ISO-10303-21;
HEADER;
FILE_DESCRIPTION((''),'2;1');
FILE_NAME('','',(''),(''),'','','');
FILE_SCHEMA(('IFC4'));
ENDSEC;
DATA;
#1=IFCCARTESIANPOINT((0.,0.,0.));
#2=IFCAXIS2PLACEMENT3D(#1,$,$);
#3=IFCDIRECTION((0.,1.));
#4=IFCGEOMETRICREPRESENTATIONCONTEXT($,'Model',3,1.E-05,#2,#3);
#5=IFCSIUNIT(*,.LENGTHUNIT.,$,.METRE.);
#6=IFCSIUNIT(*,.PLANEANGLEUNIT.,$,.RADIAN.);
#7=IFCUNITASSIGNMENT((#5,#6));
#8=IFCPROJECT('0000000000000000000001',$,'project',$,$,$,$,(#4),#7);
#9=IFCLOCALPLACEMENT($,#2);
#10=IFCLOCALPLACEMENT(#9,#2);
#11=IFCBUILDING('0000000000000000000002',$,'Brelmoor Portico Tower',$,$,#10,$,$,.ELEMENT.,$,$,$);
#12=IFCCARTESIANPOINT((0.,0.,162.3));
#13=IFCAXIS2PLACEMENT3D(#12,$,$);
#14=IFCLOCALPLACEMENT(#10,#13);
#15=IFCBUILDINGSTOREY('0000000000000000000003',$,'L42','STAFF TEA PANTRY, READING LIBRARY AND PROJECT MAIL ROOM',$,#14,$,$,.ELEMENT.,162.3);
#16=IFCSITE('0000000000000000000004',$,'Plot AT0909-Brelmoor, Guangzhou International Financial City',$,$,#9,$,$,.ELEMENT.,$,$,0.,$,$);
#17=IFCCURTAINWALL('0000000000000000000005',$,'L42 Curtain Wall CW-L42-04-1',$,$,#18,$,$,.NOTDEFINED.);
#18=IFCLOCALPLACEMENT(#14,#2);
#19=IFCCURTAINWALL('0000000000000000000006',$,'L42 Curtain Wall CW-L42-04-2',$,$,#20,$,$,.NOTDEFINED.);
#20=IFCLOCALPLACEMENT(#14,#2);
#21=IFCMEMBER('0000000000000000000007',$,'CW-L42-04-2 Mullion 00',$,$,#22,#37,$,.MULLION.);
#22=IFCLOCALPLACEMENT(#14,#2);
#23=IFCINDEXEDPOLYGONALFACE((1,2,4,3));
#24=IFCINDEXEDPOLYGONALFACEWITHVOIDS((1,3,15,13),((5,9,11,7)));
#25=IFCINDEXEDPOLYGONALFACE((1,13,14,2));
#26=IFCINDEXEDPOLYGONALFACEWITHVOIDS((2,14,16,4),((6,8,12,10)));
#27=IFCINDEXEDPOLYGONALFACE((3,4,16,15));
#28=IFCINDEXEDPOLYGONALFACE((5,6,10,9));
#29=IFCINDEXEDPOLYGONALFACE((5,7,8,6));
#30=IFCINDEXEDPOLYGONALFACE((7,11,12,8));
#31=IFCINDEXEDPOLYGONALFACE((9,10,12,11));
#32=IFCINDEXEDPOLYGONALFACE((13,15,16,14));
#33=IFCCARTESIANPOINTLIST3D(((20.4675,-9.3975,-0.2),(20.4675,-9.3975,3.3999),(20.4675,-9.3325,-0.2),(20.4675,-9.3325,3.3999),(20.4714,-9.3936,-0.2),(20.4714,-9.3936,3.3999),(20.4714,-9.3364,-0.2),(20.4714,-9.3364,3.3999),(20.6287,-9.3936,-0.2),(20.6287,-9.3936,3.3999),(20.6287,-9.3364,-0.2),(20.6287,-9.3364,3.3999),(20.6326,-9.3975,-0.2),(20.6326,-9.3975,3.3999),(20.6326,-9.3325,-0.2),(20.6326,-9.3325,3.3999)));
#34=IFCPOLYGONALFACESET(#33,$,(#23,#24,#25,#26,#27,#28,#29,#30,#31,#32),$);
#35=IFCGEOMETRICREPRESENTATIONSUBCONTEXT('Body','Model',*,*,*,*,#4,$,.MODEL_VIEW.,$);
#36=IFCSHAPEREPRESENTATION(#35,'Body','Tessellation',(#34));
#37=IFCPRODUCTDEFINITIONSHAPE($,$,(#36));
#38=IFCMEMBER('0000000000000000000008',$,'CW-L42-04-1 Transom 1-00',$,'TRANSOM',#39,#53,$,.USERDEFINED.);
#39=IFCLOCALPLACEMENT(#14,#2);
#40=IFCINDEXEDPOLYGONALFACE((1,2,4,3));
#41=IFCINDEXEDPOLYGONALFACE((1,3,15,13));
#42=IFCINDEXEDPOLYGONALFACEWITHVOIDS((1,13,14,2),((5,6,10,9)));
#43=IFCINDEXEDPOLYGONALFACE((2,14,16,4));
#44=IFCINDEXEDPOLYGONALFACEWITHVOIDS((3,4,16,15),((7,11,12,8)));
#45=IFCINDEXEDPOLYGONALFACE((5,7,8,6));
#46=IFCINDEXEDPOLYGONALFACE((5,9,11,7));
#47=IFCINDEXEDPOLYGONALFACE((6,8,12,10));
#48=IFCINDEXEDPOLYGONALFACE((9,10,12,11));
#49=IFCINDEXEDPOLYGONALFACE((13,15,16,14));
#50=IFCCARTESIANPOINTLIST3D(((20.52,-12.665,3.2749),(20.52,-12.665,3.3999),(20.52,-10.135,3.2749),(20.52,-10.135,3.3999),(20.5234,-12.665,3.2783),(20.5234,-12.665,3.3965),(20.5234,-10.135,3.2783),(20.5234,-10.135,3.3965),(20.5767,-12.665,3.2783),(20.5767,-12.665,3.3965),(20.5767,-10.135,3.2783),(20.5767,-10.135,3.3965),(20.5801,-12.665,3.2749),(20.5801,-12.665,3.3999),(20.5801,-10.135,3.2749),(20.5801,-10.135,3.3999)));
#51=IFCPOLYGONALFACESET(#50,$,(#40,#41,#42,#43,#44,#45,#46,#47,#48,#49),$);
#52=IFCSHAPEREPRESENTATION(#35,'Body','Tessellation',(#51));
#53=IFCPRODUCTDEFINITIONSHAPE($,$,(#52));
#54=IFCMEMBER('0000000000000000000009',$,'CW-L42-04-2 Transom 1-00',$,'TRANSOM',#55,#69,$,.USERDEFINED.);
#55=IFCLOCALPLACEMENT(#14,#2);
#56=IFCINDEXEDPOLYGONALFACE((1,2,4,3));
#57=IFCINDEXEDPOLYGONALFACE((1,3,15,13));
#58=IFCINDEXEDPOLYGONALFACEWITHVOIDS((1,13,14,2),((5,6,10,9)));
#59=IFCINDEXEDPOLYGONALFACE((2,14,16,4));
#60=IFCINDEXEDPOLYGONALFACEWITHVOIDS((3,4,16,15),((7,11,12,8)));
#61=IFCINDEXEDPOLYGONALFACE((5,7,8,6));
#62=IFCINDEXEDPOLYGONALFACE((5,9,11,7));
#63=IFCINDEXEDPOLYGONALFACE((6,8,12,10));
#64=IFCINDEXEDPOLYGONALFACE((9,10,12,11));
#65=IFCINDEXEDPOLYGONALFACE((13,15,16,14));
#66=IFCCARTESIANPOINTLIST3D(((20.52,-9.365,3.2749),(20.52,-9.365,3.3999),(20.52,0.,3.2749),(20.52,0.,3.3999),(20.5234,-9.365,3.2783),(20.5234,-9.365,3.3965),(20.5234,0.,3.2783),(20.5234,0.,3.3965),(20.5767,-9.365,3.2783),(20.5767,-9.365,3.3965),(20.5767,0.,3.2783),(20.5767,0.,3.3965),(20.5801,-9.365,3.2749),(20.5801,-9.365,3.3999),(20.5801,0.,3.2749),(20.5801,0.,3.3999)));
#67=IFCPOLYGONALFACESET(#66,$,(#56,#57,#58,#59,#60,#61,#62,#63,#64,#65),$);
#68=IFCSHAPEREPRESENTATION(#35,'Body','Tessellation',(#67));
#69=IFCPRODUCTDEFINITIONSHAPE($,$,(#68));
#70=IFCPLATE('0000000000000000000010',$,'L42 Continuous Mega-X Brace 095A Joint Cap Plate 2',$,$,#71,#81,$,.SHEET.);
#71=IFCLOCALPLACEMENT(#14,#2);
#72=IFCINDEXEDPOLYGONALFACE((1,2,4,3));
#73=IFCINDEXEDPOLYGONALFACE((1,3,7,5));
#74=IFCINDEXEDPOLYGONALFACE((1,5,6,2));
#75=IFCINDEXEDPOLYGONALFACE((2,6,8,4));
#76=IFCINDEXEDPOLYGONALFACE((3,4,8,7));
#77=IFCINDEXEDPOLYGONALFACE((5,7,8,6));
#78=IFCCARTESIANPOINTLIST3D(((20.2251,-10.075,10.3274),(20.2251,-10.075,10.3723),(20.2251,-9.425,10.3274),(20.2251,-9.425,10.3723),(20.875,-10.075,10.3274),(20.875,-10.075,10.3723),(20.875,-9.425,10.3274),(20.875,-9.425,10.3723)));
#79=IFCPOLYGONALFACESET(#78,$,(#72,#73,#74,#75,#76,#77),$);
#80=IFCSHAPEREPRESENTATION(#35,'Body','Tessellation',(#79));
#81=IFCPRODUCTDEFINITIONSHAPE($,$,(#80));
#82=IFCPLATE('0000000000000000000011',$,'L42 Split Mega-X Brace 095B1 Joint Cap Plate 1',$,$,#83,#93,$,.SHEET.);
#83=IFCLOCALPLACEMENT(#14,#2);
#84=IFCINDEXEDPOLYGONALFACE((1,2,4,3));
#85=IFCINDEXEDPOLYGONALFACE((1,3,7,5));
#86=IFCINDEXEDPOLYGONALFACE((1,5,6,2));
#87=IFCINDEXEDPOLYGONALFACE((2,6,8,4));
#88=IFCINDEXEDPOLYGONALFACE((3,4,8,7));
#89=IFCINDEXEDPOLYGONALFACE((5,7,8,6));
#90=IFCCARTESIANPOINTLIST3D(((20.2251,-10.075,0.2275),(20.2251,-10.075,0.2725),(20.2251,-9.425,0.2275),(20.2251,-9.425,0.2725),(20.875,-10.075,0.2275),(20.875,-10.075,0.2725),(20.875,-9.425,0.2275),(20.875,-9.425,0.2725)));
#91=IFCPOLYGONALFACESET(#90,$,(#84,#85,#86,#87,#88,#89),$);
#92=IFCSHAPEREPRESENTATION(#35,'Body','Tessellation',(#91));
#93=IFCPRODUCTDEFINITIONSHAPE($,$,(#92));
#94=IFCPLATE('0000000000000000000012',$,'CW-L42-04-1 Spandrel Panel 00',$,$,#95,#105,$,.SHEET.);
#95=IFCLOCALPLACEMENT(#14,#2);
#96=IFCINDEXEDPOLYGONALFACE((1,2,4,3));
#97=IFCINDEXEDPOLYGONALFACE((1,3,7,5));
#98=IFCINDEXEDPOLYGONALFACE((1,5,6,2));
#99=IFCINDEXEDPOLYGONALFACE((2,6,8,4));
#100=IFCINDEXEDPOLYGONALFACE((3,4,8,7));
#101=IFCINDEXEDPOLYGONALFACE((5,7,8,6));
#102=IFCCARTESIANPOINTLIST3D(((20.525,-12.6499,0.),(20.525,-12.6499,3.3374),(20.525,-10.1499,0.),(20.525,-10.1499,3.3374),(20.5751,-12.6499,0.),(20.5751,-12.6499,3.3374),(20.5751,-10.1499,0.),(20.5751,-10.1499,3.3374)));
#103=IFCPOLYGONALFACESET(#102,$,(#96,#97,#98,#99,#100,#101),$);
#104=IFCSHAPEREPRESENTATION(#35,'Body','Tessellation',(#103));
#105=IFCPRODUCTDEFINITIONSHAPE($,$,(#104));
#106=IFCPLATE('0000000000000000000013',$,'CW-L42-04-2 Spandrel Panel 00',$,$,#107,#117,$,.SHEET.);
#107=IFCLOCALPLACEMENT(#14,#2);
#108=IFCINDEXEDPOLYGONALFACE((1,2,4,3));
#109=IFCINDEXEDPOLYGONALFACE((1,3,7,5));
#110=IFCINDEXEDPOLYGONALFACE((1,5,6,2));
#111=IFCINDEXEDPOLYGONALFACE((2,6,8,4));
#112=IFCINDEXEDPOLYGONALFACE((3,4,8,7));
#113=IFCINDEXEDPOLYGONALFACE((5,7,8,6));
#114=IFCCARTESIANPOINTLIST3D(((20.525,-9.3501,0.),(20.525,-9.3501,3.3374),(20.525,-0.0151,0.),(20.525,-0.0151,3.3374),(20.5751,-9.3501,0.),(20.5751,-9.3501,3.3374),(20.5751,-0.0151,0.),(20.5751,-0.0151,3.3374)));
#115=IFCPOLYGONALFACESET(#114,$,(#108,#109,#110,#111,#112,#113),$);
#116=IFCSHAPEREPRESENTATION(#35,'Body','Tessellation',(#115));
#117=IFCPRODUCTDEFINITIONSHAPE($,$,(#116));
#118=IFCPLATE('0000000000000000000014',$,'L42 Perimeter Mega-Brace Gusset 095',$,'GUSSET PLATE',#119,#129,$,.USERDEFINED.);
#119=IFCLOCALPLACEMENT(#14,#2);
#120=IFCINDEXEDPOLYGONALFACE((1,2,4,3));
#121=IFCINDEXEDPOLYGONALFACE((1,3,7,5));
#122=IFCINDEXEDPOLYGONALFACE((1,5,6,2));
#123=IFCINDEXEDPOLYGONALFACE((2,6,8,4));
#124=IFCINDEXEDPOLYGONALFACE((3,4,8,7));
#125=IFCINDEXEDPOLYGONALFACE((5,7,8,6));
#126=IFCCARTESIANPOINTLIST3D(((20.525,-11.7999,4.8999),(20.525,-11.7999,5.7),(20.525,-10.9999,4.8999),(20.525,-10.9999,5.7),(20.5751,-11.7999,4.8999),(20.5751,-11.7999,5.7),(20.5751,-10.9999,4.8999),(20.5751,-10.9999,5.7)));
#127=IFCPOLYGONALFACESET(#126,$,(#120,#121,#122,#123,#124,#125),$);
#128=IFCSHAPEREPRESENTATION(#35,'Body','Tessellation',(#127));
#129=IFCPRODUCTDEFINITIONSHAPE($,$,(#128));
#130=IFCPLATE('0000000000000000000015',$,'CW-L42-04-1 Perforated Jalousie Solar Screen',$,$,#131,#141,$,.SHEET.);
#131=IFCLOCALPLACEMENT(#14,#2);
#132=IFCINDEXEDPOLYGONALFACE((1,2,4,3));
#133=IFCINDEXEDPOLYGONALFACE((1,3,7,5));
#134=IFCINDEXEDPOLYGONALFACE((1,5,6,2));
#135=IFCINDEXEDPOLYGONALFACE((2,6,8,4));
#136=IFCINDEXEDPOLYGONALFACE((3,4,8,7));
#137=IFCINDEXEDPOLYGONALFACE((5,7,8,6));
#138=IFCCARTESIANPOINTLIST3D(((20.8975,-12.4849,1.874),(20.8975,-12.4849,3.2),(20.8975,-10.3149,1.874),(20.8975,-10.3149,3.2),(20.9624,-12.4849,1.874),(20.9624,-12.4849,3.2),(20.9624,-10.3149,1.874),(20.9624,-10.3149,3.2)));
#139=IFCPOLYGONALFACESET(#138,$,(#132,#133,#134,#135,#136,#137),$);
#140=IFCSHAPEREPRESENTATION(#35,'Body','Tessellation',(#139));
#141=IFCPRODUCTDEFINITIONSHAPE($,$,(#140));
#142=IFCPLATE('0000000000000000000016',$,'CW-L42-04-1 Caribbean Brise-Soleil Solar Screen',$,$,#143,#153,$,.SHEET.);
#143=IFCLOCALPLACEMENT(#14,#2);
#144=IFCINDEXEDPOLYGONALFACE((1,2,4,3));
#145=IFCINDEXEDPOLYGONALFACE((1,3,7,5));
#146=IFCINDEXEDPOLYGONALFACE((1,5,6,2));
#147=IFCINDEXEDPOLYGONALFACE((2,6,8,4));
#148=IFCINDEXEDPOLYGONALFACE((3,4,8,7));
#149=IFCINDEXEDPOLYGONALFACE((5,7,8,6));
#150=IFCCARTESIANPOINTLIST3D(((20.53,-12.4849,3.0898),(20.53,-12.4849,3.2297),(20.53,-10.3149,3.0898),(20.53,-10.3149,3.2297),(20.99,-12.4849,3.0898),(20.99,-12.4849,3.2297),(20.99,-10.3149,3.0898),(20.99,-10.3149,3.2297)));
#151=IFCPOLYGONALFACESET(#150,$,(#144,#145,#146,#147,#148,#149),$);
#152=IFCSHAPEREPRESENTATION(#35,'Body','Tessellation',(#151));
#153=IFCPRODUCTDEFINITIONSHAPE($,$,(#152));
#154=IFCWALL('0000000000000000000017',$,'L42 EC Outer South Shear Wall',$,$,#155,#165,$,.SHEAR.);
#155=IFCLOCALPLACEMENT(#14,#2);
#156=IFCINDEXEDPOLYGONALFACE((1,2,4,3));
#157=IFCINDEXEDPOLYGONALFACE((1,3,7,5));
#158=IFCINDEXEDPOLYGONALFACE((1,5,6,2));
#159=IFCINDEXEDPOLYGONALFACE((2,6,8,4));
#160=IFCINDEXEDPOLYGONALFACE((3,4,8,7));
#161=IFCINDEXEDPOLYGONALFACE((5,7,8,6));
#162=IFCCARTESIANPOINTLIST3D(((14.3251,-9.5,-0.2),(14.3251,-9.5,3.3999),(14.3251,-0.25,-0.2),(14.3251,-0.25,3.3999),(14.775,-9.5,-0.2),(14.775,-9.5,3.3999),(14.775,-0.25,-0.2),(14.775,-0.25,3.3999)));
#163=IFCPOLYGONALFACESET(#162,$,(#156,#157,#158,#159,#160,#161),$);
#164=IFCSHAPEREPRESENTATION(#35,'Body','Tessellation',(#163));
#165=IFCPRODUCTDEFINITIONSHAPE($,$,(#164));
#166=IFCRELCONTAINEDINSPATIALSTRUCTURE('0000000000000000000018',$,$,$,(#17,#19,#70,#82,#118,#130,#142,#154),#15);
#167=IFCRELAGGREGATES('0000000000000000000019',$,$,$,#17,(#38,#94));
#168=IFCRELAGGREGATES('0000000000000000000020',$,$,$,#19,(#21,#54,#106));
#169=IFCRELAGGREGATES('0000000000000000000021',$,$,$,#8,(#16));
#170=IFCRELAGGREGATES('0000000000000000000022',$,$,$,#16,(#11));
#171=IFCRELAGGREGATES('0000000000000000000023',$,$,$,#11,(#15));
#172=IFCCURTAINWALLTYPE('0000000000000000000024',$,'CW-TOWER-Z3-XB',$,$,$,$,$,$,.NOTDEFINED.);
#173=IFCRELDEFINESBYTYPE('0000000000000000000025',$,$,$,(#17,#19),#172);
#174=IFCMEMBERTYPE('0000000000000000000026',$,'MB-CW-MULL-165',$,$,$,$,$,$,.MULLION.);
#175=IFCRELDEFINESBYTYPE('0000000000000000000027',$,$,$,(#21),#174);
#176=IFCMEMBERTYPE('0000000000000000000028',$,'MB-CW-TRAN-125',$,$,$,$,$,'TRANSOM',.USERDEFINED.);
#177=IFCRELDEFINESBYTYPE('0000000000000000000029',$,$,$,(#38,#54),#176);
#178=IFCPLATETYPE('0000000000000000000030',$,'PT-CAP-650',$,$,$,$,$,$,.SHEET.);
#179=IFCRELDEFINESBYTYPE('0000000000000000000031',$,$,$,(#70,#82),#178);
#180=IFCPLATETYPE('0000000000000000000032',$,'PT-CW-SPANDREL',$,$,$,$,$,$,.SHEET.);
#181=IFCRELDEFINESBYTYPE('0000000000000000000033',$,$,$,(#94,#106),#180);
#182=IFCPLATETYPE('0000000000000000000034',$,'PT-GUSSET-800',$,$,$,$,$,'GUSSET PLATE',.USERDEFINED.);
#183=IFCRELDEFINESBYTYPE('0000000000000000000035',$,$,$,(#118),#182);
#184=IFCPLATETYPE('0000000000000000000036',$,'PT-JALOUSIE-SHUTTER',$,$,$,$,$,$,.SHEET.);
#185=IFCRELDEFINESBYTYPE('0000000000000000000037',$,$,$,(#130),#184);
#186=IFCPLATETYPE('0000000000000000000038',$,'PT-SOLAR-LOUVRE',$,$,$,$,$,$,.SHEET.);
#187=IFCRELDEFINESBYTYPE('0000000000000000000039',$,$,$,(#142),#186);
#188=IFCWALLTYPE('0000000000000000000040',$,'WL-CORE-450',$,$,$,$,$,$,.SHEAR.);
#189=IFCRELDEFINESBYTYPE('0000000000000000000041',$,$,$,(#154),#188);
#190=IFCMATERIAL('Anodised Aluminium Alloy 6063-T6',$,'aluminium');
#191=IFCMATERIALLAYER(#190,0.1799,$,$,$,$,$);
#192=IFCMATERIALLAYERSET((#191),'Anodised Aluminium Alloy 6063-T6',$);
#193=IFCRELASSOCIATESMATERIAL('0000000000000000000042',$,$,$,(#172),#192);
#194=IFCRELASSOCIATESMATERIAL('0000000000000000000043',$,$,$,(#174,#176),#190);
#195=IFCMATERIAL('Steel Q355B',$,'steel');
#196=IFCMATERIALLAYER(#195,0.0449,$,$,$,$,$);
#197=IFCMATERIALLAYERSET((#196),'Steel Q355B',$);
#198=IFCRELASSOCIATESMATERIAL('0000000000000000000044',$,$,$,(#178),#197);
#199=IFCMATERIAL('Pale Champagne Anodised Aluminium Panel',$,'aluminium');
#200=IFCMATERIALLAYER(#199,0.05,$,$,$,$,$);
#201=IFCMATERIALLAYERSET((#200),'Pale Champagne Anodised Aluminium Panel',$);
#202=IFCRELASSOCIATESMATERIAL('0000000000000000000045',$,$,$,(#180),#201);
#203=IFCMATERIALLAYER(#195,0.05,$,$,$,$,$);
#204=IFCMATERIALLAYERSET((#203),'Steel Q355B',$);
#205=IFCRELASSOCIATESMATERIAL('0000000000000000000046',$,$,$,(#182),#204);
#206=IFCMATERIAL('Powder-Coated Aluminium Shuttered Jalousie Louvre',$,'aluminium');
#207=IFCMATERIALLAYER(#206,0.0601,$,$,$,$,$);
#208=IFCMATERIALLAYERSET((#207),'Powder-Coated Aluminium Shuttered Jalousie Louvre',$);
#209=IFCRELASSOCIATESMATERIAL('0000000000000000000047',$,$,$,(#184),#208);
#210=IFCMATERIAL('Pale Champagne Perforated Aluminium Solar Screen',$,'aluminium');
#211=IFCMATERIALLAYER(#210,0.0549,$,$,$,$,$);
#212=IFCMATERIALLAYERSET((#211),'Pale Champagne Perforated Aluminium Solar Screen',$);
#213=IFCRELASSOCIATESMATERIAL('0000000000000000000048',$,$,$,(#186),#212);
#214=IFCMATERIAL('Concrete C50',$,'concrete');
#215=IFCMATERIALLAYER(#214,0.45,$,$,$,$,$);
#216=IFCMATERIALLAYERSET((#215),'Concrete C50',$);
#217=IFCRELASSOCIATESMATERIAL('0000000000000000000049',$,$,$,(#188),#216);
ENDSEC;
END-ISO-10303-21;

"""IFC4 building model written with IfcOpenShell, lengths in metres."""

from ifc_helpers import new_model, si_unit, direction, frame, frame_2d, origin, origin_2d, place, context, subcontext, project, spatial, rectangle, hollow_rectangle, extrude, material, layer, layer_set, material_profile, profile_set, type_object, element, aggregate, save


model = new_model("IFC4")

# Units and contexts
model_context = context("Model", 3, precision=1e-05, world=origin(), true_north=direction((0.0, 1.0)))
body_context = subcontext(model_context, "Body", "Model", "MODEL_VIEW")
ifc_project = project(units=[si_unit("LENGTHUNIT", "METRE"), si_unit("PLANEANGLEUNIT", "RADIAN")], contexts=[model_context])

# Site, building, storey
site_placement = place(None, origin())
site = spatial("IfcSite", under=ifc_project, at=site_placement, Name="Plot AT0909-Brelmoor, Guangzhou International Financial City", CompositionType="ELEMENT", RefElevation=0.0)
building_placement = place(site_placement, origin())
building = spatial("IfcBuilding", under=site, at=building_placement, Name="Brelmoor Portico Tower", CompositionType="ELEMENT")
storey_placement = place(building_placement, frame((0.0, 0.0, 162.3)))
storey = spatial("IfcBuildingStorey", under=building, at=storey_placement, Name="L42", Description="STAFF TEA PANTRY, READING LIBRARY AND PROJECT MAIL ROOM", CompositionType="ELEMENT", Elevation=162.3)

# Shared definitions
ifc_material_1 = material(Name="Steel Q355B", Category="steel")

# Curtain wall
ifc_material_2 = material(Name="Anodised Aluminium Alloy 6063-T6", Category="aluminium")
ifc_layer_1 = layer(ifc_material_2, 0.1799)
ifc_layer_set_1 = layer_set([ifc_layer_1], Name="Anodised Aluminium Alloy 6063-T6")
curtain_wall_type = type_object("IfcCurtainWallType", Name="CW-TOWER-Z3-XB", PredefinedType="NOTDEFINED", material=ifc_layer_set_1)
curtain_wall_1_placement = place(storey_placement, origin())
curtain_wall_1 = element("IfcCurtainWall", 1, at=curtain_wall_1_placement, inside=storey, type_object=curtain_wall_type, Name="L42 Curtain Wall CW-L42-04-1", PredefinedType="NOTDEFINED")
ifc_material_profile_1 = material_profile(ifc_material_2, hollow_rectangle(XDim=0.0649, YDim=0.165, WallThickness=0.0039, at=origin_2d()), Name="ALU MULLION 65x165")
ifc_profile_set_1 = profile_set([ifc_material_profile_1], Name="Anodised Aluminium Alloy 6063-T6")
member_type_1 = type_object("IfcMemberType", Name="MB-CW-MULL-165", PredefinedType="MULLION", material=ifc_profile_set_1)

# Curtain wall, member
curtain_wall_2_placement = place(storey_placement, origin())
curtain_wall_2 = element("IfcCurtainWall", 2, at=curtain_wall_2_placement, inside=storey, type_object=curtain_wall_type, Name="L42 Curtain Wall CW-L42-04-2", PredefinedType="NOTDEFINED")
member_1_placement = place(storey_placement, frame((20.55, -9.365, -0.2), z_axis=(0.0, 0.0, 1.0), x_axis=(0.0, 1.0, 0.0)))
member_1 = element("IfcMember", 3, at=member_1_placement, type_object=member_type_1, Name="CW-L42-04-2 Mullion 00", PredefinedType="MULLION", context=body_context, shape_type="SweptSolid", body=[
    extrude(hollow_rectangle(XDim=0.0649, YDim=0.165, WallThickness=0.0039, at=origin_2d()), origin(), (0.0, 0.0, 1.0), 3.5999),
])

# Members
ifc_material_profile_2 = material_profile(ifc_material_2, hollow_rectangle(XDim=0.0601, YDim=0.125, WallThickness=0.0034, at=origin_2d()), Name="ALU TRANSOM 60x125")
ifc_profile_set_2 = profile_set([ifc_material_profile_2], Name="Anodised Aluminium Alloy 6063-T6")
member_type_2 = type_object("IfcMemberType", Name="MB-CW-TRAN-125", ElementType="TRANSOM", PredefinedType="USERDEFINED", material=ifc_profile_set_2)
member_2_placement = place(storey_placement, frame((20.55, -12.665, 3.3374), z_axis=(0.0, 1.0, 0.0), x_axis=(-1.0, 0.0, 0.0)))
member_2 = element("IfcMember", 4, at=member_2_placement, type_object=member_type_2, Name="CW-L42-04-1 Transom 1-00", ObjectType="TRANSOM", PredefinedType="USERDEFINED", context=body_context, shape_type="SweptSolid", body=[
    extrude(hollow_rectangle(XDim=0.0601, YDim=0.125, WallThickness=0.0034, at=origin_2d()), origin(), (0.0, 0.0, 1.0), 2.53),
])
member_3_placement = place(storey_placement, frame((20.55, -9.365, 3.3374), z_axis=(0.0, 1.0, 0.0), x_axis=(-1.0, 0.0, 0.0)))
member_3 = element("IfcMember", 5, at=member_3_placement, type_object=member_type_2, Name="CW-L42-04-2 Transom 1-00", ObjectType="TRANSOM", PredefinedType="USERDEFINED", context=body_context, shape_type="SweptSolid", body=[
    extrude(hollow_rectangle(XDim=0.0601, YDim=0.125, WallThickness=0.0034, at=origin_2d()), origin(), (0.0, 0.0, 1.0), 9.365),
])

# Plates
ifc_layer_2 = layer(ifc_material_1, 0.0449)
ifc_layer_set_2 = layer_set([ifc_layer_2], Name="Steel Q355B")
plate_type_1 = type_object("IfcPlateType", Name="PT-CAP-650", PredefinedType="SHEET", material=ifc_layer_set_2)
for number, where, z_axis, x_axis, name in (
    (6, (20.55, -9.75, 10.3274), (0.0, 0.0, 1.0), (1.0, 0.0, 0.0), "L42 Continuous Mega-X Brace 095A Joint Cap Plate 2"),
    (7, (20.55, -9.75, 0.2275), (0.0, 0.0, 1.0), (1.0, 0.0, 0.0), "L42 Split Mega-X Brace 095B1 Joint Cap Plate 1"),
):
    element("IfcPlate", number, at=place(storey_placement, frame(where, z_axis=z_axis, x_axis=x_axis)), inside=storey, type_object=plate_type_1, Name=name, PredefinedType="SHEET", context=body_context, shape_type="SweptSolid", body=[
        extrude(rectangle(XDim=0.6499, YDim=0.6499, at=origin_2d()), origin(), (0.0, 0.0, 1.0), 0.0449),
    ])

# Plates
ifc_material_3 = material(Name="Pale Champagne Anodised Aluminium Panel", Category="aluminium")
ifc_layer_3 = layer(ifc_material_3, 0.05)
ifc_layer_set_3 = layer_set([ifc_layer_3], Name="Pale Champagne Anodised Aluminium Panel")
plate_type_2 = type_object("IfcPlateType", Name="PT-CW-SPANDREL", PredefinedType="SHEET", material=ifc_layer_set_3)
plate_1_placement = place(storey_placement, frame((20.55, -11.3999, 0.0), z_axis=(0.0, 0.0, 1.0), x_axis=(0.0, 1.0, 0.0)))
plate_1 = element("IfcPlate", 8, at=plate_1_placement, type_object=plate_type_2, Name="CW-L42-04-1 Spandrel Panel 00", PredefinedType="SHEET", context=body_context, shape_type="SweptSolid", body=[
    extrude(rectangle(XDim=2.5, YDim=0.05, at=origin_2d()), origin(), (0.0, 0.0, 1.0), 3.3374),
])
aggregate(curtain_wall_1, [member_2, plate_1])
plate_2_placement = place(storey_placement, frame((20.55, -4.6826, 0.0), z_axis=(0.0, 0.0, 1.0), x_axis=(0.0, 1.0, 0.0)))
plate_2 = element("IfcPlate", 9, at=plate_2_placement, type_object=plate_type_2, Name="CW-L42-04-2 Spandrel Panel 00", PredefinedType="SHEET", context=body_context, shape_type="SweptSolid", body=[
    extrude(rectangle(XDim=9.335, YDim=0.05, at=origin_2d()), origin(), (0.0, 0.0, 1.0), 3.3374),
])
aggregate(curtain_wall_2, [member_1, member_3, plate_2])

# Plates
ifc_layer_4 = layer(ifc_material_1, 0.05)
ifc_layer_set_4 = layer_set([ifc_layer_4], Name="Steel Q355B")
plate_type_3 = type_object("IfcPlateType", Name="PT-GUSSET-800", ElementType="GUSSET PLATE", PredefinedType="USERDEFINED", material=ifc_layer_set_4)
plate_3_placement = place(storey_placement, frame((20.55, -11.3999, 4.8999), z_axis=(0.0, 0.0, 1.0), x_axis=(1.0, 0.0, 0.0)))
element("IfcPlate", 10, at=plate_3_placement, inside=storey, type_object=plate_type_3, Name="L42 Perimeter Mega-Brace Gusset 095", ObjectType="GUSSET PLATE", PredefinedType="USERDEFINED", context=body_context, shape_type="SweptSolid", body=[
    extrude(rectangle(XDim=0.05, YDim=0.8, at=origin_2d()), origin(), (0.0, 0.0, 1.0), 0.8),
])
ifc_material_4 = material(Name="Powder-Coated Aluminium Shuttered Jalousie Louvre", Category="aluminium")
ifc_layer_5 = layer(ifc_material_4, 0.0601)
ifc_layer_set_5 = layer_set([ifc_layer_5], Name="Powder-Coated Aluminium Shuttered Jalousie Louvre")
plate_type_4 = type_object("IfcPlateType", Name="PT-JALOUSIE-SHUTTER", PredefinedType="SHEET", material=ifc_layer_set_5)
plate_4_placement = place(storey_placement, frame((20.9299, -11.3999, 1.874), z_axis=(0.0, 0.0, 1.0), x_axis=(0.0, 1.0, 0.0)))
element("IfcPlate", 11, at=plate_4_placement, inside=storey, type_object=plate_type_4, Name="CW-L42-04-1 Perforated Jalousie Solar Screen", PredefinedType="SHEET", context=body_context, shape_type="SweptSolid", body=[
    extrude(rectangle(XDim=2.1699, YDim=0.0649, at=origin_2d()), origin(), (0.0, 0.0, 1.0), 1.3259),
])
ifc_material_5 = material(Name="Pale Champagne Perforated Aluminium Solar Screen", Category="aluminium")
ifc_layer_6 = layer(ifc_material_5, 0.0549)
ifc_layer_set_6 = layer_set([ifc_layer_6], Name="Pale Champagne Perforated Aluminium Solar Screen")
plate_type_5 = type_object("IfcPlateType", Name="PT-SOLAR-LOUVRE", PredefinedType="SHEET", material=ifc_layer_set_6)
plate_5_placement = place(storey_placement, frame((20.76, -11.3999, 3.0898), z_axis=(0.0, 0.0, 1.0), x_axis=(0.0, 1.0, 0.0)))
element("IfcPlate", 12, at=plate_5_placement, inside=storey, type_object=plate_type_5, Name="CW-L42-04-1 Caribbean Brise-Soleil Solar Screen", PredefinedType="SHEET", context=body_context, shape_type="SweptSolid", body=[
    extrude(rectangle(XDim=2.1699, YDim=0.46, at=origin_2d()), origin(), (0.0, 0.0, 1.0), 0.1399),
])

# Wall
ifc_material_6 = material(Name="Concrete C50", Category="concrete")
ifc_layer_7 = layer(ifc_material_6, 0.45)
ifc_layer_set_7 = layer_set([ifc_layer_7], Name="Concrete C50")
wall_type_1 = type_object("IfcWallType", Name="WL-CORE-450", PredefinedType="SHEAR", material=ifc_layer_set_7)
wall_1_placement = place(storey_placement, frame((14.55, -9.5, -0.2), z_axis=(0.0, 0.0, 1.0), x_axis=(0.0, 1.0, 0.0)))
element("IfcWall", 13, at=wall_1_placement, inside=storey, type_object=wall_type_1, Name="L42 EC Outer South Shear Wall", PredefinedType="SHEAR", context=body_context, shape_type="SweptSolid", body=[
    extrude(rectangle(XDim=9.25, YDim=0.45, at=frame_2d((4.625, 0.0))), origin(), (0.0, 0.0, 1.0), 3.5999),
])

save(model, "model.ifc")
